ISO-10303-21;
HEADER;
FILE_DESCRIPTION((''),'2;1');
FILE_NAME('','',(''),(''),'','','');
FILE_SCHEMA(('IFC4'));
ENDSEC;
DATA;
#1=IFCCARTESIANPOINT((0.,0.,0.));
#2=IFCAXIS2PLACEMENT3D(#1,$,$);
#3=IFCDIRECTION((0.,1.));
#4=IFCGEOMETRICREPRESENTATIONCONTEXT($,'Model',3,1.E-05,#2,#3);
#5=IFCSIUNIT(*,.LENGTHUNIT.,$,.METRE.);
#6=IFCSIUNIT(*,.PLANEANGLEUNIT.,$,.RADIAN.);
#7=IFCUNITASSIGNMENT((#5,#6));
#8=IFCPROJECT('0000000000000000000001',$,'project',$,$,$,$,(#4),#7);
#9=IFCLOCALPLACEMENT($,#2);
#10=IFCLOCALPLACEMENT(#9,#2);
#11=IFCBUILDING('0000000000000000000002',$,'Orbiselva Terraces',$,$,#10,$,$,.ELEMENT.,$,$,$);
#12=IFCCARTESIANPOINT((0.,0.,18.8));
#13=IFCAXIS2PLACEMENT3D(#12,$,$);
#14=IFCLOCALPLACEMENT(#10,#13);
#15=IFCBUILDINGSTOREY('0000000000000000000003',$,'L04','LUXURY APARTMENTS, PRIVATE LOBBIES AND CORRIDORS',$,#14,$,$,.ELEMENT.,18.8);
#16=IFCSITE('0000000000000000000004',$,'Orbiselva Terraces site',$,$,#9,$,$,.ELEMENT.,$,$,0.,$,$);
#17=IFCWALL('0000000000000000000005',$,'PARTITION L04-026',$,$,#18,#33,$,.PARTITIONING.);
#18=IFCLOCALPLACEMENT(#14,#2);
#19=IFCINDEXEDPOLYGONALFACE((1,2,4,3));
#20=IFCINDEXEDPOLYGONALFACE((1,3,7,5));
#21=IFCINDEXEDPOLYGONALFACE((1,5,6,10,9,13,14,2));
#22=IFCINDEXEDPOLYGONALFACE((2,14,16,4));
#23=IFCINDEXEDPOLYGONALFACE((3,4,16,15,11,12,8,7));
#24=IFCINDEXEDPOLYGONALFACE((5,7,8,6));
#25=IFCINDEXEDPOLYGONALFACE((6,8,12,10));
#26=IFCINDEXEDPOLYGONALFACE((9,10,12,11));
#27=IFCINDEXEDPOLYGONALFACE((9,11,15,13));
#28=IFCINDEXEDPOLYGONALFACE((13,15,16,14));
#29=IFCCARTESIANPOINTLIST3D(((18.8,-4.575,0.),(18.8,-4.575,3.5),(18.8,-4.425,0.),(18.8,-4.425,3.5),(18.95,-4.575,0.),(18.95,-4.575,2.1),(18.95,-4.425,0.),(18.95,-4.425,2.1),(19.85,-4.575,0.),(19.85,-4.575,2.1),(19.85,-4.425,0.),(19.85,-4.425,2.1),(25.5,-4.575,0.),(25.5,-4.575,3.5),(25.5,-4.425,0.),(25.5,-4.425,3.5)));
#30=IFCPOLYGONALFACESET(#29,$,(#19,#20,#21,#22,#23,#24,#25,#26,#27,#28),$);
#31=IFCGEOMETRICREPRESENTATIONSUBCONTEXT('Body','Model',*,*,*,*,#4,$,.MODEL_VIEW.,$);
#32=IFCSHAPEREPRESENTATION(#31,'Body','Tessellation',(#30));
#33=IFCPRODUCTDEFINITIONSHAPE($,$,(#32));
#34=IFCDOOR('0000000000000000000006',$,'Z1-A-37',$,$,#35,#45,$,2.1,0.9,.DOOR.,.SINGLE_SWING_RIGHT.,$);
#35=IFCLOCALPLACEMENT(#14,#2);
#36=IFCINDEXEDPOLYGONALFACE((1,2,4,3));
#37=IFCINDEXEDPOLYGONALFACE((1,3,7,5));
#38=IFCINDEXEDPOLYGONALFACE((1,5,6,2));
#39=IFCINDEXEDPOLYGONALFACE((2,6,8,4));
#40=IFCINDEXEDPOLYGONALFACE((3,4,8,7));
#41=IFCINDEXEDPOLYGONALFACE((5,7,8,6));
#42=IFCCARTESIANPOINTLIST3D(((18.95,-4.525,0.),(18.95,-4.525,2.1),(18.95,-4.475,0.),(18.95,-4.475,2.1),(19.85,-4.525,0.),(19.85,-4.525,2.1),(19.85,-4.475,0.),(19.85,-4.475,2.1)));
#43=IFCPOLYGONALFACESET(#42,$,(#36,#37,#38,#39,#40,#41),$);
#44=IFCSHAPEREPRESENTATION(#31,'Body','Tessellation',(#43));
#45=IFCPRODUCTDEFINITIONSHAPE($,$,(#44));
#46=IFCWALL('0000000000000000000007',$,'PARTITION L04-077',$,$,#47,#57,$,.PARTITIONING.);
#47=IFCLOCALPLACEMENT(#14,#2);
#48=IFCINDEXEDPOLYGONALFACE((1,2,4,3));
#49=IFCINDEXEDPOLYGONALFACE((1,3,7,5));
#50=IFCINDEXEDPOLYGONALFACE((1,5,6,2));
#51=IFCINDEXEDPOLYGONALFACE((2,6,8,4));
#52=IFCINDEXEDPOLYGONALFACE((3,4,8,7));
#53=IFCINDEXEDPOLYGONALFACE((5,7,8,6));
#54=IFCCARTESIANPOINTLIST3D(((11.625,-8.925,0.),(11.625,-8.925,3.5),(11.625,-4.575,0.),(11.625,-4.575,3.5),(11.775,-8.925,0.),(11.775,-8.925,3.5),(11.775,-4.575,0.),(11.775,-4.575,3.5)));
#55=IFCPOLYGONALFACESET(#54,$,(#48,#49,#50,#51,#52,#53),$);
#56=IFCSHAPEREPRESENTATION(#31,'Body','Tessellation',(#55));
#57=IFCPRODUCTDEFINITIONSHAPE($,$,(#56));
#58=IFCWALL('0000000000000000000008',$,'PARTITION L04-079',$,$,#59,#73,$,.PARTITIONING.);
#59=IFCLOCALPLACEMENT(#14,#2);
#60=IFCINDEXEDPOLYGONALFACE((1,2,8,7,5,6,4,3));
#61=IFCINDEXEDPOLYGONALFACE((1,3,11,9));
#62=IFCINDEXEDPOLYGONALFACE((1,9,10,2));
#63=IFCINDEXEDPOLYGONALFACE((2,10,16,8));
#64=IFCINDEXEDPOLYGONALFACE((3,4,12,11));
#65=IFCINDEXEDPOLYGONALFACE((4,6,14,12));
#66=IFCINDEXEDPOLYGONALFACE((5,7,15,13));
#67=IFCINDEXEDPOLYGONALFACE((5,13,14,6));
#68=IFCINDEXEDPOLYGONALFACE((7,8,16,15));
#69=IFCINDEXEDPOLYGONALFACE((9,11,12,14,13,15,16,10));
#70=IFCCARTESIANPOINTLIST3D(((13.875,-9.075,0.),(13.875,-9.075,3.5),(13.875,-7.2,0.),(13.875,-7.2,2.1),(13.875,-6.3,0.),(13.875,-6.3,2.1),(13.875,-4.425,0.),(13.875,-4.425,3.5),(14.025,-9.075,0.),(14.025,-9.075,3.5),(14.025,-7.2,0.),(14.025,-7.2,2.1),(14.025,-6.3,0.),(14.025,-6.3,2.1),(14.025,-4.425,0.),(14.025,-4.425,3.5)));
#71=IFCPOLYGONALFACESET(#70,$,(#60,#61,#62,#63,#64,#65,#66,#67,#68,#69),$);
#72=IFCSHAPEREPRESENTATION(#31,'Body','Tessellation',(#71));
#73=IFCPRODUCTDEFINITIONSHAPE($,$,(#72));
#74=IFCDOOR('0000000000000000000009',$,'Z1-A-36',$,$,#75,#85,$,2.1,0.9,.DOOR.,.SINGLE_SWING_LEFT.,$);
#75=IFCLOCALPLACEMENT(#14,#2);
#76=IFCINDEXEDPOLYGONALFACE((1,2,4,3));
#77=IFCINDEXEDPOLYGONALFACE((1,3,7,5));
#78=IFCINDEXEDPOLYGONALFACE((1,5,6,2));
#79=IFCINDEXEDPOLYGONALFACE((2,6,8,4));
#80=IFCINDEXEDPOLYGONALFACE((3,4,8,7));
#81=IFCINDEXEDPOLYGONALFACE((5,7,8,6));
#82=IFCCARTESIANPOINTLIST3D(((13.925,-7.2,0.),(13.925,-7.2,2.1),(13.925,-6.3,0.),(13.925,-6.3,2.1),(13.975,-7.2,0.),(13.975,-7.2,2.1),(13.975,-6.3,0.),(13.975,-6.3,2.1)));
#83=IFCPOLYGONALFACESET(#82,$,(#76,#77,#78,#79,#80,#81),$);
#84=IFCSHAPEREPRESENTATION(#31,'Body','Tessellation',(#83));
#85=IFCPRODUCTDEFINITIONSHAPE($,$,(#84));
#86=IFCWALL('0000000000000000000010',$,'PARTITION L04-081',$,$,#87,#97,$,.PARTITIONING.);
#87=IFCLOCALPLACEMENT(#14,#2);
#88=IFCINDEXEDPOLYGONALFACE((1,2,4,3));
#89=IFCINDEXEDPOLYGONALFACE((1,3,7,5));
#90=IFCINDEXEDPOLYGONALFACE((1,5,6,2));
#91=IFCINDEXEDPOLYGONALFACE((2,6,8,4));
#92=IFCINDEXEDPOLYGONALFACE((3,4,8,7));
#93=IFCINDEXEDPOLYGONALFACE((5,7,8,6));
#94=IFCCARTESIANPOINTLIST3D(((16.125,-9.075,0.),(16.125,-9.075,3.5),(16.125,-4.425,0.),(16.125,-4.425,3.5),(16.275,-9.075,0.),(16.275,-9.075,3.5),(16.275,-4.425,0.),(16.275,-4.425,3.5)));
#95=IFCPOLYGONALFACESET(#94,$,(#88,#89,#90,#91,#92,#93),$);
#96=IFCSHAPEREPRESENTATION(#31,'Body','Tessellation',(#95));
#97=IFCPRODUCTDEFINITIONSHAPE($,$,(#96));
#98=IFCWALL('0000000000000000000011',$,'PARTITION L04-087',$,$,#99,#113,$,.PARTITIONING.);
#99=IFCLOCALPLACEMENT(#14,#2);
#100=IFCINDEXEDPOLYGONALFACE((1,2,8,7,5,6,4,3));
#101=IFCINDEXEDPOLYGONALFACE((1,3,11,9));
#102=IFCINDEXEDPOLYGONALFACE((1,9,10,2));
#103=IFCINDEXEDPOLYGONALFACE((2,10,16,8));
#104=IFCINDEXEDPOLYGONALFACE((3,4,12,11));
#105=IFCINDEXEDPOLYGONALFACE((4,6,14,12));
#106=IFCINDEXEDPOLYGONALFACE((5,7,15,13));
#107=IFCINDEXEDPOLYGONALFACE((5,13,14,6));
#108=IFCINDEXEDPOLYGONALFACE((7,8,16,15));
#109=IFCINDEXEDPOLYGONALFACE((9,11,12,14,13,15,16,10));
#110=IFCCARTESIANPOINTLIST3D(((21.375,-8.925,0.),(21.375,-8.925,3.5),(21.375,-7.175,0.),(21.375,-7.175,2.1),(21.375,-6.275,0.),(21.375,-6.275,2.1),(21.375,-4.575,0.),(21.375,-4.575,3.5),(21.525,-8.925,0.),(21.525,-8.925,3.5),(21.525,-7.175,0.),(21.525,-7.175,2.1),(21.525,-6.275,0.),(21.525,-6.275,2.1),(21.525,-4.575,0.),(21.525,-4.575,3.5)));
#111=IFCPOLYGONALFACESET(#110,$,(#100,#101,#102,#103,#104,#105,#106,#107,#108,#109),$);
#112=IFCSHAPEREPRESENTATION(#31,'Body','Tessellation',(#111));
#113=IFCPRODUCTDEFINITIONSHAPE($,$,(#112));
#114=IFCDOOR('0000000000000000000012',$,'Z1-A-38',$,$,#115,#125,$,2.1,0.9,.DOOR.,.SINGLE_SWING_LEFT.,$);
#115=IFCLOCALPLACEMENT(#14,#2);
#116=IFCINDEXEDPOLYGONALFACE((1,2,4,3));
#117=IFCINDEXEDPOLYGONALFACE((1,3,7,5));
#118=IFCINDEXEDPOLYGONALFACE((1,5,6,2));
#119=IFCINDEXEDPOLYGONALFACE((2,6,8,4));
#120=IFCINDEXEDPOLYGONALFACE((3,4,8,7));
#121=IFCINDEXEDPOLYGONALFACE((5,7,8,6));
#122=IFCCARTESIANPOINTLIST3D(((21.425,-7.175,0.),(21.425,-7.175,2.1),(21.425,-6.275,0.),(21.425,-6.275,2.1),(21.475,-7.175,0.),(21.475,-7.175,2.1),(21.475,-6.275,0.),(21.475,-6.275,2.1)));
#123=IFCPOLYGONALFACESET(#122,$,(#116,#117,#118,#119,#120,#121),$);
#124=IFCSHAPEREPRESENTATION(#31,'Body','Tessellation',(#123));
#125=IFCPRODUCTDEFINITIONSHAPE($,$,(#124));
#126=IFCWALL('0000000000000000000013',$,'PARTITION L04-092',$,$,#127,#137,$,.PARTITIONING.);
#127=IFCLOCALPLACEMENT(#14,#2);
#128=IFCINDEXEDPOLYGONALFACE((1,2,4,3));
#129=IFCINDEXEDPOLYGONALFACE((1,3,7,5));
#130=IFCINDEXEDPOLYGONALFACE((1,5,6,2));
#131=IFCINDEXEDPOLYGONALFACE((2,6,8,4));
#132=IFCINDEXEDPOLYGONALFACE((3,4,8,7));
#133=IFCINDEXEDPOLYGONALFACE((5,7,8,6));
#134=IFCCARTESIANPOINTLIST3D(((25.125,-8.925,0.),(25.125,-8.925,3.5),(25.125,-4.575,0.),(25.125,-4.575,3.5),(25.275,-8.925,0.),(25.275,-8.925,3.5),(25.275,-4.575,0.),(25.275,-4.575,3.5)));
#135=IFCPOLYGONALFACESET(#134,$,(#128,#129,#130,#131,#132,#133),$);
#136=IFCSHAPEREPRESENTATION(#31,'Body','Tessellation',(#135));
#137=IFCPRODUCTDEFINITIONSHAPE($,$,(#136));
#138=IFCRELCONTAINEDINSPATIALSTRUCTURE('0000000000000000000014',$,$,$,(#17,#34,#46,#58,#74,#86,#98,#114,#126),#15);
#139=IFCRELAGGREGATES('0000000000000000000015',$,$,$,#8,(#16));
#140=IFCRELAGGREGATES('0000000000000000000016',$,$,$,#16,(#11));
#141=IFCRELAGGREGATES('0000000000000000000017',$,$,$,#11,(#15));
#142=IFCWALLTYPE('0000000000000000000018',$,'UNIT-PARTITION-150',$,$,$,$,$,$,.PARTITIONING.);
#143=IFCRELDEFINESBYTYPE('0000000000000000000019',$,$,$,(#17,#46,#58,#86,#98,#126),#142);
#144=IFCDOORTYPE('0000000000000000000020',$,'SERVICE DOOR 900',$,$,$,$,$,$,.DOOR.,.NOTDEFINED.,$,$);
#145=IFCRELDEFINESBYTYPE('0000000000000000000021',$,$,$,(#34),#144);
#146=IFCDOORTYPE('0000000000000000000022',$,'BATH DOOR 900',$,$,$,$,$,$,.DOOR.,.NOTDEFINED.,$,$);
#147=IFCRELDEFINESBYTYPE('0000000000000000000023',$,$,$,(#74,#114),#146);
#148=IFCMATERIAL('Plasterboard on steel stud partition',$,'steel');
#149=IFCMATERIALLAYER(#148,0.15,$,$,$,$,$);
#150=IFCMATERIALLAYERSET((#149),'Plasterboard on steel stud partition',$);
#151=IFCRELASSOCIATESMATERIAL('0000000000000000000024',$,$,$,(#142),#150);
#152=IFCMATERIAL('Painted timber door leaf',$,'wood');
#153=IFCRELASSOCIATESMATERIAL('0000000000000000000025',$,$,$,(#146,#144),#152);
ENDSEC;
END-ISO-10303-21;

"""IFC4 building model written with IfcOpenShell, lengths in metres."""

from ifc_helpers import new_model, si_unit, direction, frame, frame_2d, origin, place, context, subcontext, project, spatial, rectangle, extrude, material, layer, layer_set, type_object, element, fill, save


model = new_model("IFC4")

# Units and contexts
model_context = context("Model", 3, precision=1e-05, world=origin(), true_north=direction((0.0, 1.0)))
body_context = subcontext(model_context, "Body", "Model", "MODEL_VIEW")
ifc_project = project(units=[si_unit("LENGTHUNIT", "METRE"), si_unit("PLANEANGLEUNIT", "RADIAN")], contexts=[model_context])

# Site, building, storey
site_placement = place(None, origin())
site = spatial("IfcSite", under=ifc_project, at=site_placement, Name="Orbiselva Terraces site", CompositionType="ELEMENT", RefElevation=0.0)
building_placement = place(site_placement, origin())
building = spatial("IfcBuilding", under=site, at=building_placement, Name="Orbiselva Terraces", CompositionType="ELEMENT")
storey_placement = place(building_placement, frame((0.0, 0.0, 18.8)))
storey = spatial("IfcBuildingStorey", under=building, at=storey_placement, Name="L04", Description="LUXURY APARTMENTS, PRIVATE LOBBIES AND CORRIDORS", CompositionType="ELEMENT", Elevation=18.8)

# Shared definitions
ifc_material_1 = material(Name="Plasterboard on steel stud partition", Category="steel")

# Shared definitions
ifc_layer_1 = layer(ifc_material_1, 0.15)
ifc_layer_set_1 = layer_set([ifc_layer_1], Name="Plasterboard on steel stud partition")
wall_type_1 = type_object("IfcWallType", Name="UNIT-PARTITION-150", PredefinedType="PARTITIONING", material=ifc_layer_set_1)
ifc_material_2 = material(Name="Painted timber door leaf", Category="wood")
door_type_1 = type_object("IfcDoorType", Name="BATH DOOR 900", OperationType="NOTDEFINED", PredefinedType="DOOR", material=ifc_material_2)

# Wall, opening, door
wall_1_placement = place(storey_placement, frame((25.5, -4.5, 0.0), z_axis=(0.0, 0.0, 1.0), x_axis=(-1.0, 0.0, 0.0)))
wall_1 = element("IfcWall", 1, at=wall_1_placement, inside=storey, type_object=wall_type_1, Name="PARTITION L04-026", PredefinedType="PARTITIONING", context=body_context, shape_type="SweptSolid", body=[
    extrude(rectangle(XDim=6.7, YDim=0.15, at=frame_2d((3.35, 0.0))), origin(), (0.0, 0.0, 1.0), 3.5),
])
opening_1_placement = place(wall_1_placement, frame((5.65, 0.0, 0.0)))
opening_1 = element("IfcOpeningElement", 2, at=opening_1_placement, cuts=wall_1, PredefinedType="OPENING", context=body_context, shape_type="SweptSolid", body=[
    extrude(rectangle(XDim=0.9, YDim=2.1, at=frame_2d((0.45, 1.05))), frame((0.0, 0.085, 0.0), z_axis=(0.0, -1.0, 0.0), x_axis=(1.0, 0.0, 0.0)), (0.0, 0.0, 1.0), 0.17),
])
door_type_2 = type_object("IfcDoorType", Name="SERVICE DOOR 900", OperationType="NOTDEFINED", PredefinedType="DOOR", material=ifc_material_2)
door_1_placement = place(opening_1_placement, origin())
door_1 = element("IfcDoor", 3, at=door_1_placement, inside=storey, type_object=door_type_2, Name="Z1-A-37", OperationType="SINGLE_SWING_RIGHT", OverallHeight=2.1, OverallWidth=0.9, PredefinedType="DOOR", context=body_context, shape_type="SweptSolid", body=[
    extrude(rectangle(XDim=0.9, YDim=2.1, at=frame_2d((0.45, 1.05))), frame((0.0, 0.025, 0.0), z_axis=(0.0, -1.0, 0.0), x_axis=(1.0, 0.0, 0.0)), (0.0, 0.0, 1.0), 0.05),
])
fill(opening_1, door_1)

# Wall
wall_2_placement = place(storey_placement, frame((11.7, -8.925, 0.0), z_axis=(0.0, 0.0, 1.0), x_axis=(0.0, 1.0, 0.0)))
element("IfcWall", 4, at=wall_2_placement, inside=storey, type_object=wall_type_1, Name="PARTITION L04-077", PredefinedType="PARTITIONING", context=body_context, shape_type="SweptSolid", body=[
    extrude(rectangle(XDim=4.35, YDim=0.15, at=frame_2d((2.175, 0.0))), origin(), (0.0, 0.0, 1.0), 3.5),
])

# Wall, opening, door
wall_3_placement = place(storey_placement, frame((13.95, -9.075, 0.0), z_axis=(0.0, 0.0, 1.0), x_axis=(0.0, 1.0, 0.0)))
wall_3 = element("IfcWall", 5, at=wall_3_placement, inside=storey, type_object=wall_type_1, Name="PARTITION L04-079", PredefinedType="PARTITIONING", context=body_context, shape_type="SweptSolid", body=[
    extrude(rectangle(XDim=4.65, YDim=0.15, at=frame_2d((2.325, 0.0))), origin(), (0.0, 0.0, 1.0), 3.5),
])
opening_2_placement = place(wall_3_placement, frame((1.875, 0.0, 0.0)))
opening_2 = element("IfcOpeningElement", 6, at=opening_2_placement, cuts=wall_3, PredefinedType="OPENING", context=body_context, shape_type="SweptSolid", body=[
    extrude(rectangle(XDim=0.9, YDim=2.1, at=frame_2d((0.45, 1.05))), frame((0.0, 0.085, 0.0), z_axis=(0.0, -1.0, 0.0), x_axis=(1.0, 0.0, 0.0)), (0.0, 0.0, 1.0), 0.17),
])
door_2_placement = place(opening_2_placement, origin())
door_2 = element("IfcDoor", 7, at=door_2_placement, inside=storey, type_object=door_type_1, Name="Z1-A-36", OperationType="SINGLE_SWING_LEFT", OverallHeight=2.1, OverallWidth=0.9, PredefinedType="DOOR", context=body_context, shape_type="SweptSolid", body=[
    extrude(rectangle(XDim=0.9, YDim=2.1, at=frame_2d((0.45, 1.05))), frame((0.0, 0.025, 0.0), z_axis=(0.0, -1.0, 0.0), x_axis=(1.0, 0.0, 0.0)), (0.0, 0.0, 1.0), 0.05),
])
fill(opening_2, door_2)

# Wall
wall_4_placement = place(storey_placement, frame((16.2, -9.075, 0.0), z_axis=(0.0, 0.0, 1.0), x_axis=(0.0, 1.0, 0.0)))
element("IfcWall", 8, at=wall_4_placement, inside=storey, type_object=wall_type_1, Name="PARTITION L04-081", PredefinedType="PARTITIONING", context=body_context, shape_type="SweptSolid", body=[
    extrude(rectangle(XDim=4.65, YDim=0.15, at=frame_2d((2.325, 0.0))), origin(), (0.0, 0.0, 1.0), 3.5),
])

# Wall, opening, door
wall_5_placement = place(storey_placement, frame((21.45, -4.575, 0.0), z_axis=(0.0, 0.0, 1.0), x_axis=(0.0, -1.0, 0.0)))
wall_5 = element("IfcWall", 9, at=wall_5_placement, inside=storey, type_object=wall_type_1, Name="PARTITION L04-087", PredefinedType="PARTITIONING", context=body_context, shape_type="SweptSolid", body=[
    extrude(rectangle(XDim=4.35, YDim=0.15, at=frame_2d((2.175, 0.0))), origin(), (0.0, 0.0, 1.0), 3.5),
])
opening_3_placement = place(wall_5_placement, frame((1.7, 0.0, 0.0)))
opening_3 = element("IfcOpeningElement", 10, at=opening_3_placement, cuts=wall_5, PredefinedType="OPENING", context=body_context, shape_type="SweptSolid", body=[
    extrude(rectangle(XDim=0.9, YDim=2.1, at=frame_2d((0.45, 1.05))), frame((0.0, 0.085, 0.0), z_axis=(0.0, -1.0, 0.0), x_axis=(1.0, 0.0, 0.0)), (0.0, 0.0, 1.0), 0.17),
])
door_3_placement = place(opening_3_placement, origin())
door_3 = element("IfcDoor", 11, at=door_3_placement, inside=storey, type_object=door_type_1, Name="Z1-A-38", OperationType="SINGLE_SWING_LEFT", OverallHeight=2.1, OverallWidth=0.9, PredefinedType="DOOR", context=body_context, shape_type="SweptSolid", body=[
    extrude(rectangle(XDim=0.9, YDim=2.1, at=frame_2d((0.45, 1.05))), frame((0.0, 0.025, 0.0), z_axis=(0.0, -1.0, 0.0), x_axis=(1.0, 0.0, 0.0)), (0.0, 0.0, 1.0), 0.05),
])
fill(opening_3, door_3)

# Wall
wall_6_placement = place(storey_placement, frame((25.2, -8.925, 0.0), z_axis=(0.0, 0.0, 1.0), x_axis=(0.0, 1.0, 0.0)))
element("IfcWall", 12, at=wall_6_placement, inside=storey, type_object=wall_type_1, Name="PARTITION L04-092", PredefinedType="PARTITIONING", context=body_context, shape_type="SweptSolid", body=[
    extrude(rectangle(XDim=4.35, YDim=0.15, at=frame_2d((2.175, 0.0))), origin(), (0.0, 0.0, 1.0), 3.5),
])

save(model, "model.ifc")
